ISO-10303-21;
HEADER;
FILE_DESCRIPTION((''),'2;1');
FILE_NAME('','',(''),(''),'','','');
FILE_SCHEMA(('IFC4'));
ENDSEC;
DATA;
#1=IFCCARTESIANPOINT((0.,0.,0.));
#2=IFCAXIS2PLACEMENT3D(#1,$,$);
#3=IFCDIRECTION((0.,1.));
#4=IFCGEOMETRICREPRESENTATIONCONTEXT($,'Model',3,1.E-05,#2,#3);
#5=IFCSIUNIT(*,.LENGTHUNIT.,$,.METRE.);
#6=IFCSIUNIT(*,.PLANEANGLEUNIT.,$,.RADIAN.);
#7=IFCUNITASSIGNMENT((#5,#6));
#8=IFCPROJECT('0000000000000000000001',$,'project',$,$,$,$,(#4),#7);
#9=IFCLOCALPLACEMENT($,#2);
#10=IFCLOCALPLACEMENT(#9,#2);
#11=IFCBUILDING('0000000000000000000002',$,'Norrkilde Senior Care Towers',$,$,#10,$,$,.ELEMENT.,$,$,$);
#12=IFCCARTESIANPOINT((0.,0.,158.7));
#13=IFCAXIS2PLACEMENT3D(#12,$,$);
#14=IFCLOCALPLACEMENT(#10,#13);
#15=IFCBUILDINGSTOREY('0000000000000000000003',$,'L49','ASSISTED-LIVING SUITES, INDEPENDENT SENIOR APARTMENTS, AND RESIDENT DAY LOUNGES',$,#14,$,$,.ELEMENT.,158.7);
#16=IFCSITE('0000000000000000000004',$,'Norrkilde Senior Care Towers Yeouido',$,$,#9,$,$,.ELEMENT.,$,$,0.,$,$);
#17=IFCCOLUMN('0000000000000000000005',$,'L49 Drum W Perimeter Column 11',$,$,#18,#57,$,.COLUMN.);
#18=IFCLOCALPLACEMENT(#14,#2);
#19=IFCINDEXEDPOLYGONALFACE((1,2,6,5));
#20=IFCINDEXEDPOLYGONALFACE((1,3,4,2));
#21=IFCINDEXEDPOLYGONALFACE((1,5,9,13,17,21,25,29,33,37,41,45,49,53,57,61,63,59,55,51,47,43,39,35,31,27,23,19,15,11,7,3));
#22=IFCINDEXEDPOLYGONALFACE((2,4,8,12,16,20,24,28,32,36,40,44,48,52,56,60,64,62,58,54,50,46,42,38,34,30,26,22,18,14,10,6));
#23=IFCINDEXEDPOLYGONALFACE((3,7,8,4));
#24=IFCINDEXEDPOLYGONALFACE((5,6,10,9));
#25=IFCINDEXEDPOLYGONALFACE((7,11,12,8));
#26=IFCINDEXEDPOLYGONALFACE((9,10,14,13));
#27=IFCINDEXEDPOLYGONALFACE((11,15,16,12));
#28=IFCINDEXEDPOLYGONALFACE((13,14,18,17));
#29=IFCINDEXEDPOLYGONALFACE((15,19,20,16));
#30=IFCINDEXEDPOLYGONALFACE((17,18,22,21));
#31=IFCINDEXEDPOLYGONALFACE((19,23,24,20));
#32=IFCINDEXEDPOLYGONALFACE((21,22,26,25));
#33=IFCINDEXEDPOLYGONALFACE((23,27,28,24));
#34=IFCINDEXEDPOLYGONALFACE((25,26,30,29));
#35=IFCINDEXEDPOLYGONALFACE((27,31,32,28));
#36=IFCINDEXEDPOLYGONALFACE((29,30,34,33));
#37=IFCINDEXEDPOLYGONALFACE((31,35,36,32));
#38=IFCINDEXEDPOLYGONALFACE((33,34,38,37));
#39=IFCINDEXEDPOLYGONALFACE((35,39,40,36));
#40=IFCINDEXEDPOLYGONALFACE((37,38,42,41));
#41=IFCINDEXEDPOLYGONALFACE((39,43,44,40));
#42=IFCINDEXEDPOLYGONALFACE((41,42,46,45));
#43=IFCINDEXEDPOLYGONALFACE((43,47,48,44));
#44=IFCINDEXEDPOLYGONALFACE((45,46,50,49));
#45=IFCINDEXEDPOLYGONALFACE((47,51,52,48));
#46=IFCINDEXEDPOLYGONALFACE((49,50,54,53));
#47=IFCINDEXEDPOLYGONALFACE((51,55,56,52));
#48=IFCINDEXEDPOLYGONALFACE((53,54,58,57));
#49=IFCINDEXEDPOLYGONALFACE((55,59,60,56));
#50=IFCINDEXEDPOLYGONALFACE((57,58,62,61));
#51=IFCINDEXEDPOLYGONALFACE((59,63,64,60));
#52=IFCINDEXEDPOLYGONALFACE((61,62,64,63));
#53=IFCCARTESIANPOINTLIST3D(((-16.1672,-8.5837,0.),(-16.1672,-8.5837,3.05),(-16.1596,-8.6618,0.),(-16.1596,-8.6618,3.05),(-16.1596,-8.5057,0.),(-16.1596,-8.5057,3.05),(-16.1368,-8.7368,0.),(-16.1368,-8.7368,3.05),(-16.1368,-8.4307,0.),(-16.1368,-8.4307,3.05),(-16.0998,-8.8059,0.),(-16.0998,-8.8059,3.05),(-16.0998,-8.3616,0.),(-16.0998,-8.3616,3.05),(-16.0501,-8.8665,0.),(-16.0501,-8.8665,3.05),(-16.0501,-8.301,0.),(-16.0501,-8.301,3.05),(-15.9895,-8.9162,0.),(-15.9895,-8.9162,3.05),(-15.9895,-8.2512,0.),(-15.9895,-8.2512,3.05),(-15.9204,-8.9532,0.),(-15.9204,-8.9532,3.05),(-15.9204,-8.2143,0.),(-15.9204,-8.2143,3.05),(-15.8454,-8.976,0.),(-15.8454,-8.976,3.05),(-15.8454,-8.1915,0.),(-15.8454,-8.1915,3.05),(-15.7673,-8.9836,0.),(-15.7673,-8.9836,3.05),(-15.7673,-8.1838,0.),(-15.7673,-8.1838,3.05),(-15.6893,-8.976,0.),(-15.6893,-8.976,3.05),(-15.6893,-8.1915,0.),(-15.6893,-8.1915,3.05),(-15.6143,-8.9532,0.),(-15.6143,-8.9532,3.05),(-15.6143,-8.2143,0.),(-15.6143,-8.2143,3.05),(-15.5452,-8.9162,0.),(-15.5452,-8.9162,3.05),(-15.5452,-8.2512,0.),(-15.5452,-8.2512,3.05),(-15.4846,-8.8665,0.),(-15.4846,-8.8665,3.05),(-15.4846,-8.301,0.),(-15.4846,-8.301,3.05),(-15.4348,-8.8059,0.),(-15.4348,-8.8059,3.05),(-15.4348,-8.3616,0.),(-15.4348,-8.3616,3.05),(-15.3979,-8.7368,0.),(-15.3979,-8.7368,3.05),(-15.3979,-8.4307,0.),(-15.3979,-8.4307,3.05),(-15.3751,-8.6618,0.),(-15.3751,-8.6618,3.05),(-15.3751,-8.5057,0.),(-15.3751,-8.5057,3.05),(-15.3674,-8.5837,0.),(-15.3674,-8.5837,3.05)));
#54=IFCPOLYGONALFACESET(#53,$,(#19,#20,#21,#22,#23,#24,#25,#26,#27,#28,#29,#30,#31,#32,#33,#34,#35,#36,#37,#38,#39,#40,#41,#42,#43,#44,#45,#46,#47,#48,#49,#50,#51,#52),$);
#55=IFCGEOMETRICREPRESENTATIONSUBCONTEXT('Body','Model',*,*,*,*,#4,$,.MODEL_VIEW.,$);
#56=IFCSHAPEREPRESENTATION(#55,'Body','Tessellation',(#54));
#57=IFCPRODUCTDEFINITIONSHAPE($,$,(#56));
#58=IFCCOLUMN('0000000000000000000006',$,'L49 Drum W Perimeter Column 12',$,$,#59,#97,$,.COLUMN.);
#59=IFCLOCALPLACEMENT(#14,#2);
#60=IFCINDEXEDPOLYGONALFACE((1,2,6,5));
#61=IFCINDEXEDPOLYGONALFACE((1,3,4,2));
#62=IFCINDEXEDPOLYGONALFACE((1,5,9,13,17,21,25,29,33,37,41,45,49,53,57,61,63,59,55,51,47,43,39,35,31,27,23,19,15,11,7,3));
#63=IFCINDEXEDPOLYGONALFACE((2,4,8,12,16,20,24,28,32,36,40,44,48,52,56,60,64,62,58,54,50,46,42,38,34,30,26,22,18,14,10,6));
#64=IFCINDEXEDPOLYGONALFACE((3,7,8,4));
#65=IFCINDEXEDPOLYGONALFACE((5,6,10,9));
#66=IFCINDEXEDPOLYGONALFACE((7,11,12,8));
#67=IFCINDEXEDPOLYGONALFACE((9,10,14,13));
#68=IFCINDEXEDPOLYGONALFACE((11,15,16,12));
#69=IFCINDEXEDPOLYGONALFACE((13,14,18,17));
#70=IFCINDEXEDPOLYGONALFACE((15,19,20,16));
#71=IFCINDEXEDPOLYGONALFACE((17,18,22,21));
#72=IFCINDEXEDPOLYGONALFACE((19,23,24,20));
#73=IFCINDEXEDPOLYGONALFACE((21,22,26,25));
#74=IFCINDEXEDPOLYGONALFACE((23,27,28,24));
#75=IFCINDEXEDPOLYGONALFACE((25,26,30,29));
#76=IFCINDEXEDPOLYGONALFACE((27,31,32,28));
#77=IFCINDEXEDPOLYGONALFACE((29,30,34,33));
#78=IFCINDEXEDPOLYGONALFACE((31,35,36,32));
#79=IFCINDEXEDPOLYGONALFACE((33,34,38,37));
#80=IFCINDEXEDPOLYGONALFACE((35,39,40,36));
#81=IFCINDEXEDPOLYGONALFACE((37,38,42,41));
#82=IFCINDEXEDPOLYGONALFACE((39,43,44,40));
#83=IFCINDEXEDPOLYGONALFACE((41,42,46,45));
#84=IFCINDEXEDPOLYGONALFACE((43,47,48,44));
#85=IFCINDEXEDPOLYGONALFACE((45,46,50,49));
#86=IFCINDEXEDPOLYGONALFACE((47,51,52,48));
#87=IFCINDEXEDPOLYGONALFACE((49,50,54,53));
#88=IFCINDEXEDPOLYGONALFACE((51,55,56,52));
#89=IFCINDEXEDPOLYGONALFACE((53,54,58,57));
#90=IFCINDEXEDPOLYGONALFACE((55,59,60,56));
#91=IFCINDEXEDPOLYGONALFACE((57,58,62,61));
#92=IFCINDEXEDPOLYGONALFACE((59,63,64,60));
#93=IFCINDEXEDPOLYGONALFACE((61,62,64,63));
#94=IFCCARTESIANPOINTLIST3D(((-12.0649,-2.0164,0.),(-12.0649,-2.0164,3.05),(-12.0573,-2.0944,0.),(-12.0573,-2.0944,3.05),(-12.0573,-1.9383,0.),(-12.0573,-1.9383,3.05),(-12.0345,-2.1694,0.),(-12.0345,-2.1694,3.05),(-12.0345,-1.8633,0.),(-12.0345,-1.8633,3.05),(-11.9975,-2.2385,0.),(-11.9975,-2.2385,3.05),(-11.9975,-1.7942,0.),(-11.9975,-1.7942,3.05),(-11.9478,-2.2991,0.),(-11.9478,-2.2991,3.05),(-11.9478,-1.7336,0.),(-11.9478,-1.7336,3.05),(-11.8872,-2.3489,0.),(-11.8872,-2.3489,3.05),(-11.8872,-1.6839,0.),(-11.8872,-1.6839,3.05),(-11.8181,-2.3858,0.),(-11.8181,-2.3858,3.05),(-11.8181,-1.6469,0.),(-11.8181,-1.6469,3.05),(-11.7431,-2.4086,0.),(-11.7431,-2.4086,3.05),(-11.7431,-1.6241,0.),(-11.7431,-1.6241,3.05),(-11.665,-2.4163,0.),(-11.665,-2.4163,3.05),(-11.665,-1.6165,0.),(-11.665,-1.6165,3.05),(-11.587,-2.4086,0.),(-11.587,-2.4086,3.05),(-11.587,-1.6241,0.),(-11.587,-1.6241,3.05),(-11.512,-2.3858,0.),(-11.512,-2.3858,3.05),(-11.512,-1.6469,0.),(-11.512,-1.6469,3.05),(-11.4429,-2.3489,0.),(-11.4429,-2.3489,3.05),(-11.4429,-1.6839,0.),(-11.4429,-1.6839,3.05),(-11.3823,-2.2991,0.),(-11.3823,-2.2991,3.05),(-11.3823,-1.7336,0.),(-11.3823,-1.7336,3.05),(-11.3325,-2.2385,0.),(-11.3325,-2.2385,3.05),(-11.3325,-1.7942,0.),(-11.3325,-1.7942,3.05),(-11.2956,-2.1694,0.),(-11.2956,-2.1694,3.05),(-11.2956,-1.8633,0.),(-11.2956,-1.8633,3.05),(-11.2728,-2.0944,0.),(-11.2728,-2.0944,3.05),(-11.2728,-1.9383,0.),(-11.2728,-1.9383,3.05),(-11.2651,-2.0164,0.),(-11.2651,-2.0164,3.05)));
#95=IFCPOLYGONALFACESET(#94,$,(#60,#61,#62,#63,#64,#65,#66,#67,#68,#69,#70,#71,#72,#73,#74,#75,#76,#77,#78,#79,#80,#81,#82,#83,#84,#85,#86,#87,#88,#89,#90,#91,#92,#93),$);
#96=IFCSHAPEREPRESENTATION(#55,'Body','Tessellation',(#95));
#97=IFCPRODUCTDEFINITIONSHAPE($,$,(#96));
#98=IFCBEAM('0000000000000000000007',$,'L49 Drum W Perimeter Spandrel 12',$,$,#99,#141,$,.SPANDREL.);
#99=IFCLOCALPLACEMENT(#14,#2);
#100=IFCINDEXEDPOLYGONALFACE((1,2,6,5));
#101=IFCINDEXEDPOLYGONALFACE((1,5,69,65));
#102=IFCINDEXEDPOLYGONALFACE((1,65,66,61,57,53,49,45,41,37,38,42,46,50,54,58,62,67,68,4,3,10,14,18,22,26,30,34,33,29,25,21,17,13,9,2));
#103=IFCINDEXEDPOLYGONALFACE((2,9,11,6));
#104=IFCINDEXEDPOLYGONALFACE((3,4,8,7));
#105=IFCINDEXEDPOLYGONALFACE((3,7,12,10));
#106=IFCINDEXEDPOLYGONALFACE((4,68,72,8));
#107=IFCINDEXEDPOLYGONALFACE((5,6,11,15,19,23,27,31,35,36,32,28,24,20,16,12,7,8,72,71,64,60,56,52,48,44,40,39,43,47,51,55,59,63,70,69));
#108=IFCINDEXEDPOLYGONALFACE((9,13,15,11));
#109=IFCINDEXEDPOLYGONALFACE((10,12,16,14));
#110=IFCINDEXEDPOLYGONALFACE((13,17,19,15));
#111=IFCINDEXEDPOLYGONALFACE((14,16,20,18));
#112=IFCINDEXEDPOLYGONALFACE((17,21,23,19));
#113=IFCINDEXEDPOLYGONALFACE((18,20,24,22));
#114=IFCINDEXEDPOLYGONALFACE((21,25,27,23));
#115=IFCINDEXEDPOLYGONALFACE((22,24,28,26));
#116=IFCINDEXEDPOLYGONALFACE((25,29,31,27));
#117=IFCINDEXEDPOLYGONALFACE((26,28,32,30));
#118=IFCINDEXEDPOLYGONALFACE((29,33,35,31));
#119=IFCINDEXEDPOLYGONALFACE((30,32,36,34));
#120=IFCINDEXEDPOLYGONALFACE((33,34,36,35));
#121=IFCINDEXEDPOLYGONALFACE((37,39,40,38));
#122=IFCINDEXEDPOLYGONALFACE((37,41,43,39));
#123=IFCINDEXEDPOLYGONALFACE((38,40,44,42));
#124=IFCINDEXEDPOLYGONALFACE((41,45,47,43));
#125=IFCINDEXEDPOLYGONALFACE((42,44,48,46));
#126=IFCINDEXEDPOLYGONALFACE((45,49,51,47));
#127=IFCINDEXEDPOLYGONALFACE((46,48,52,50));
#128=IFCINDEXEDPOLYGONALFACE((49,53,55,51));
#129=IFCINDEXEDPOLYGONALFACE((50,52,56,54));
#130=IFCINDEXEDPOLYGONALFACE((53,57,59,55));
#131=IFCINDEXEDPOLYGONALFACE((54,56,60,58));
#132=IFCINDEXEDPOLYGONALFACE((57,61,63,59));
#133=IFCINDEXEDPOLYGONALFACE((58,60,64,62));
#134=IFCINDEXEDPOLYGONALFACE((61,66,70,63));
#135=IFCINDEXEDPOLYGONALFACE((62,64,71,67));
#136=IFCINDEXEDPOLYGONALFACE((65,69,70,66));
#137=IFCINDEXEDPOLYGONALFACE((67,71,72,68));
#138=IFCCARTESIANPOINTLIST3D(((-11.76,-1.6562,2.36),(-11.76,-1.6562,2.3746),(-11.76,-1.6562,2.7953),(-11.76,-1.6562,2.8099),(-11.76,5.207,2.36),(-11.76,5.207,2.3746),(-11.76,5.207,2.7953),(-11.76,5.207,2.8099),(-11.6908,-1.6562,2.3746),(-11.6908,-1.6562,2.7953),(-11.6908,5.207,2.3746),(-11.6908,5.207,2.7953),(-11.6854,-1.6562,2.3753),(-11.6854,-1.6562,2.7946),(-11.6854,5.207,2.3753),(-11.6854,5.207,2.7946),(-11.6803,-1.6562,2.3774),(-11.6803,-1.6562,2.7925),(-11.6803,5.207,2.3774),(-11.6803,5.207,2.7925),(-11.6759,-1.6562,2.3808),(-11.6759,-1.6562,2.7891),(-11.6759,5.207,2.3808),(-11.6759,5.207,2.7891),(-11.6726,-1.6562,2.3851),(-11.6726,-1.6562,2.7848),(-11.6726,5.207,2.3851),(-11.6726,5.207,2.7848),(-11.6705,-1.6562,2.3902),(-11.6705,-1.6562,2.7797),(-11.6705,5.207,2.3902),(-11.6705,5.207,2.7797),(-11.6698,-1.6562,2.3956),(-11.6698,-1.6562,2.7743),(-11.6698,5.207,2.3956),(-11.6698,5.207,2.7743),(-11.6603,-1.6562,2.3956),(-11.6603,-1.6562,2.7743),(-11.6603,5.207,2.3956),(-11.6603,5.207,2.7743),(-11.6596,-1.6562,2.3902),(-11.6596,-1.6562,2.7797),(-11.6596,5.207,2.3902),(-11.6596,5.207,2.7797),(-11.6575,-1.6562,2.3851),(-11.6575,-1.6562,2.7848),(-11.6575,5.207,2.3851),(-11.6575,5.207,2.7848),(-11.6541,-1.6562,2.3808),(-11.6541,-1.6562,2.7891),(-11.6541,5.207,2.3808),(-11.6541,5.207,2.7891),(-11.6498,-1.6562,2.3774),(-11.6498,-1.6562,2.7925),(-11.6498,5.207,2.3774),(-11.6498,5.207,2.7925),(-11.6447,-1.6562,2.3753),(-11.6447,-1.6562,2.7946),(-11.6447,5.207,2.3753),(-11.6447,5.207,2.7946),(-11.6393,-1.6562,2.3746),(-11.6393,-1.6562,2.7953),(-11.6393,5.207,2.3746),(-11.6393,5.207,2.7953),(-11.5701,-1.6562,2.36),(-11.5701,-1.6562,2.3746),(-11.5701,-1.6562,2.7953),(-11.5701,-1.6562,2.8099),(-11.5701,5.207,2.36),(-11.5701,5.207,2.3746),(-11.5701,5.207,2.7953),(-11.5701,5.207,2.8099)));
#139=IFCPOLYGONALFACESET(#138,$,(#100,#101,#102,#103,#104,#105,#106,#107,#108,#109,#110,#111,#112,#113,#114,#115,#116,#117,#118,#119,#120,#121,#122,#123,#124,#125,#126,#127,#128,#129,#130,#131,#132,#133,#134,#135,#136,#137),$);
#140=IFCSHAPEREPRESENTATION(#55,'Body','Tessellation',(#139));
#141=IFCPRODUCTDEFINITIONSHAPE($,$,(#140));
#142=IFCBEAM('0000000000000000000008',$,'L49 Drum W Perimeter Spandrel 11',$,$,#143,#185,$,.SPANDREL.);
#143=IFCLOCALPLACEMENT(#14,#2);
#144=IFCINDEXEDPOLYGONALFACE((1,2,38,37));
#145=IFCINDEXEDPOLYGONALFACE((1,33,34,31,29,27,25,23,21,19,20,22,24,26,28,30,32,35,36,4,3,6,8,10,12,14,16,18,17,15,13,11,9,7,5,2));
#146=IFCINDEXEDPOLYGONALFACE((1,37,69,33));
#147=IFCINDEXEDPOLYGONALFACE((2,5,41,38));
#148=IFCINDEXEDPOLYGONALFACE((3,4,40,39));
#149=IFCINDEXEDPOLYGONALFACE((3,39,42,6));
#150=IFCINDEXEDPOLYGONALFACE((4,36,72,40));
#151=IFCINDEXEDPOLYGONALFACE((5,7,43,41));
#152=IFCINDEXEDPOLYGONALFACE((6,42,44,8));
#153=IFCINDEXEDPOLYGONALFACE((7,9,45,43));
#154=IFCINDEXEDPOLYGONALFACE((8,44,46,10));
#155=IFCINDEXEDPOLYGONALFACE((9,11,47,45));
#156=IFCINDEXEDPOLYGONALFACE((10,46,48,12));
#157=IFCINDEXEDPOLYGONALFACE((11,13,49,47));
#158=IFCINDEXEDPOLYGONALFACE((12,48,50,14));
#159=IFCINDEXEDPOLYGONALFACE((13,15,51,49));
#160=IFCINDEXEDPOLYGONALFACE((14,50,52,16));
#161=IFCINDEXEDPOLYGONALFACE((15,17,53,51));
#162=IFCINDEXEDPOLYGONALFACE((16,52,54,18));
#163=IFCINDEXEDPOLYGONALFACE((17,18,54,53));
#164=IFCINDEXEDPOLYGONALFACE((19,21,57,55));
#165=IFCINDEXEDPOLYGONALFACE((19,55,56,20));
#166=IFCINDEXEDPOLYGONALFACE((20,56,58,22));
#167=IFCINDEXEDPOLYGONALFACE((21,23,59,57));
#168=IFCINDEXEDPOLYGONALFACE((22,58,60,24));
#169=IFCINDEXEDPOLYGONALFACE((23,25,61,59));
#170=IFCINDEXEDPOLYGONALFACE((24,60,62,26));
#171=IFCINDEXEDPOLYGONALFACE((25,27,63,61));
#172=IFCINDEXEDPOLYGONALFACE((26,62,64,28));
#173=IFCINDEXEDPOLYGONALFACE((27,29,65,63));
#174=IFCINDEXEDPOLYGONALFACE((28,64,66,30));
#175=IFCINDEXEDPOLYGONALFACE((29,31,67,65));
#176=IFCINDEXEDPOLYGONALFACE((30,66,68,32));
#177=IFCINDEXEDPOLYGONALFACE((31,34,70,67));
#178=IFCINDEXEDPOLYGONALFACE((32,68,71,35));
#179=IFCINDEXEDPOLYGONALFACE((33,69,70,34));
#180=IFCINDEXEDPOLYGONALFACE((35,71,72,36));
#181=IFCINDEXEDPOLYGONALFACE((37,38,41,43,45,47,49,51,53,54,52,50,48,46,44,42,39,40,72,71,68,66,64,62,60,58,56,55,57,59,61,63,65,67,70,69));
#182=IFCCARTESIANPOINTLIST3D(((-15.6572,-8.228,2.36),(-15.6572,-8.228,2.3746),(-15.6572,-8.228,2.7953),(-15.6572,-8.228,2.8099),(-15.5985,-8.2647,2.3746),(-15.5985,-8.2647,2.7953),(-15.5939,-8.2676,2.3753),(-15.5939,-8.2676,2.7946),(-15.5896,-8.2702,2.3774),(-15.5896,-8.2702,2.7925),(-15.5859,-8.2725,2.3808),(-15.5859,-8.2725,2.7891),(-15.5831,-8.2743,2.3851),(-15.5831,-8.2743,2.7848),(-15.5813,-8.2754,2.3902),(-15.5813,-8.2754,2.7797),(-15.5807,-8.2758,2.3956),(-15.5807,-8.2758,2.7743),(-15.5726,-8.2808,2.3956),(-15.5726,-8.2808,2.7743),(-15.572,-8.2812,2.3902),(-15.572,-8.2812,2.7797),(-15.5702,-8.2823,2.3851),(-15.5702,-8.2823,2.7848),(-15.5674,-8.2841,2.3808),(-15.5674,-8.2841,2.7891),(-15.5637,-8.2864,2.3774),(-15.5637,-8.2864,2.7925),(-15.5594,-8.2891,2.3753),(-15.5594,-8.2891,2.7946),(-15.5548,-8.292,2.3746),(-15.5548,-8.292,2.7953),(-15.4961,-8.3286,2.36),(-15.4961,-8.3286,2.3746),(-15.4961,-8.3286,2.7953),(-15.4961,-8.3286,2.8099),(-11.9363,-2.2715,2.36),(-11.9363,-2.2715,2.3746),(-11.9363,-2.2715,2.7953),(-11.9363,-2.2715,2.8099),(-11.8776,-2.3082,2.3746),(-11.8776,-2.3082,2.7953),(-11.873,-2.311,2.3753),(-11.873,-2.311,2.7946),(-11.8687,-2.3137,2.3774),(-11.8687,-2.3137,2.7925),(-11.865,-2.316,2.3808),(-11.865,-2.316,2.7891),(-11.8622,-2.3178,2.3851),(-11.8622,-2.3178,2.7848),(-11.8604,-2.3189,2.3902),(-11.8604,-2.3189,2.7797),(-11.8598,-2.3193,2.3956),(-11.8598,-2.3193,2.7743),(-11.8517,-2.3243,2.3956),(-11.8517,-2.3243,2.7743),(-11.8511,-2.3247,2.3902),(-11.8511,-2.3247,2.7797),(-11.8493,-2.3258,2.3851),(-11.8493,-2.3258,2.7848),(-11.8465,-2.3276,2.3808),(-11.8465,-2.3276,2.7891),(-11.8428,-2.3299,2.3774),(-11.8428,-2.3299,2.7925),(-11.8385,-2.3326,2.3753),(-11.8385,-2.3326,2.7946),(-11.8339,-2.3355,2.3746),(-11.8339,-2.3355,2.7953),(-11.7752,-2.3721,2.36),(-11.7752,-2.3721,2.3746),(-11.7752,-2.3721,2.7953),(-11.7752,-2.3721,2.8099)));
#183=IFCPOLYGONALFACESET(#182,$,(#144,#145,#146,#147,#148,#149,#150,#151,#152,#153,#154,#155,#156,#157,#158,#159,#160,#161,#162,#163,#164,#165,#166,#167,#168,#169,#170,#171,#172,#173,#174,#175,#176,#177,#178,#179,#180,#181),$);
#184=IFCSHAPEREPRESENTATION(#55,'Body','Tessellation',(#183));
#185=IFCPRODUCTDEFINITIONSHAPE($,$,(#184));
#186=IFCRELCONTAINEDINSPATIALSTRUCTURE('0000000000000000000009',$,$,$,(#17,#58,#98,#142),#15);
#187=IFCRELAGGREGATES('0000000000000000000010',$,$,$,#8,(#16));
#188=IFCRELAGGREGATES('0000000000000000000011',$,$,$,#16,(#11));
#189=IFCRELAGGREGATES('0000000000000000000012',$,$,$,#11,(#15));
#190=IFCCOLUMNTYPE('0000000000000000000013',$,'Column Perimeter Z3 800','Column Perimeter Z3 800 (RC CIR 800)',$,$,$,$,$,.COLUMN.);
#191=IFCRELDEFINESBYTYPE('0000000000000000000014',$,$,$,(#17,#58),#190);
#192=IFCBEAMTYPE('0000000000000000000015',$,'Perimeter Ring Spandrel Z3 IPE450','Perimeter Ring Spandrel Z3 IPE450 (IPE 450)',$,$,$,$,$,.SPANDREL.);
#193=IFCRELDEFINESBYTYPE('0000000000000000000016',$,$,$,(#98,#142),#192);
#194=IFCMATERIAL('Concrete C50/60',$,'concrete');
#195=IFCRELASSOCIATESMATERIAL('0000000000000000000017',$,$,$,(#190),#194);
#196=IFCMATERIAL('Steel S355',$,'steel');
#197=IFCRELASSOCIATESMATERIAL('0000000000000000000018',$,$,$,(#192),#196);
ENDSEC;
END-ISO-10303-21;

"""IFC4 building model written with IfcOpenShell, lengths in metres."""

from ifc_helpers import new_model, si_unit, direction, frame, origin, origin_2d, place, context, subcontext, project, spatial, circle, i_section, extrude, source, transform, mapped, material, material_profile, profile_set, type_object, type_shapes, element, save


model = new_model("IFC4")

# Units and contexts
model_context = context("Model", 3, precision=1e-05, world=origin(), true_north=direction((0.0, 1.0)))
body_context = subcontext(model_context, "Body", "Model", "MODEL_VIEW")
ifc_project = project(units=[si_unit("LENGTHUNIT", "METRE"), si_unit("PLANEANGLEUNIT", "RADIAN")], contexts=[model_context])

# Site, building, storey
site_placement = place(None, origin())
site = spatial("IfcSite", under=ifc_project, at=site_placement, Name="Norrkilde Senior Care Towers Yeouido", CompositionType="ELEMENT", RefElevation=0.0)
building_placement = place(site_placement, origin())
building = spatial("IfcBuilding", under=site, at=building_placement, Name="Norrkilde Senior Care Towers", CompositionType="ELEMENT")
storey_placement = place(building_placement, frame((0.0, 0.0, 158.7)))
storey = spatial("IfcBuildingStorey", under=building, at=storey_placement, Name="L49", Description="ASSISTED-LIVING SUITES, INDEPENDENT SENIOR APARTMENTS, AND RESIDENT DAY LOUNGES", CompositionType="ELEMENT", Elevation=158.7)

# Columns
ifc_material_1 = material(Name="Concrete C50/60", Category="concrete")
ifc_material_profile_1 = material_profile(ifc_material_1, circle(Radius=0.3999, at=origin_2d()), Name="RC CIR 800")
ifc_profile_set_1 = profile_set([ifc_material_profile_1], Name="Concrete C50/60")
column_type = type_object("IfcColumnType", Name="Column Perimeter Z3 800", Description="Column Perimeter Z3 800 (RC CIR 800)", PredefinedType="COLUMN", material=ifc_profile_set_1)
shared_shape_1 = source(origin(), body_context, "Body", "SweptSolid", [
    extrude(circle(Radius=0.3999, at=origin_2d()), origin(), (0.0, 0.0, 1.0), 3.05),
])
type_shapes(column_type, [shared_shape_1])
for number, where, z_axis, x_axis, name in (
    (1, (-15.7673, -8.5837, 0.0), (0.0, 0.0, 1.0), (1.0, 0.0, 0.0), "L49 Drum W Perimeter Column 11"),
    (2, (-11.665, -2.0164, 0.0), (0.0, 0.0, 1.0), (1.0, 0.0, 0.0), "L49 Drum W Perimeter Column 12"),
):
    element("IfcColumn", number, at=place(storey_placement, frame(where, z_axis=z_axis, x_axis=x_axis)), inside=storey, type_object=column_type, Name=name, PredefinedType="COLUMN", context=body_context, shape_type="MappedRepresentation", body=[
        mapped(shared_shape_1, transform((0.0, 0.0, 0.0), x_axis=(1.0, 0.0, 0.0), y_axis=(0.0, 1.0, 0.0), z_axis=(0.0, 0.0, 1.0), scale=1.0)),
    ])

# Beams
ifc_material_2 = material(Name="Steel S355", Category="steel")
ifc_material_profile_2 = material_profile(ifc_material_2, i_section(OverallWidth=0.1899, OverallDepth=0.45, WebThickness=0.0095, FlangeThickness=0.0146, FilletRadius=0.021, at=origin_2d()), Name="IPE 450")
ifc_profile_set_2 = profile_set([ifc_material_profile_2], Name="Steel S355")
beam_type_1 = type_object("IfcBeamType", Name="Perimeter Ring Spandrel Z3 IPE450", Description="Perimeter Ring Spandrel Z3 IPE450 (IPE 450)", PredefinedType="SPANDREL", material=ifc_profile_set_2)
shared_shape_2 = source(origin(), body_context, "Body", "SweptSolid", [
    extrude(i_section(OverallWidth=0.1899, OverallDepth=0.45, WebThickness=0.0095, FlangeThickness=0.0146, FilletRadius=0.021, at=origin_2d()), origin(), (0.0, 0.0, 1.0), 6.8633),
])
beam_1_placement = place(storey_placement, frame((-11.665, -1.6562, 2.585), z_axis=(0.0, 1.0, 0.0), x_axis=(-1.0, 0.0, 0.0)))
element("IfcBeam", 3, at=beam_1_placement, inside=storey, type_object=beam_type_1, Name="L49 Drum W Perimeter Spandrel 12", PredefinedType="SPANDREL", context=body_context, shape_type="MappedRepresentation", body=[
    mapped(shared_shape_2, transform((0.0, 0.0, 0.0), x_axis=(1.0, 0.0, 0.0), y_axis=(0.0, 1.0, 0.0), z_axis=(0.0, 0.0, 1.0), scale=1.0)),
])
shared_shape_3 = source(origin(), body_context, "Body", "SweptSolid", [
    extrude(i_section(OverallWidth=0.1899, OverallDepth=0.45, WebThickness=0.0095, FlangeThickness=0.0146, FilletRadius=0.021, at=origin_2d()), origin(), (0.0, 0.0, 1.0), 7.0232),
])
type_shapes(beam_type_1, [shared_shape_2, shared_shape_3])
beam_2_placement = place(storey_placement, frame((-15.5767, -8.2783, 2.585), z_axis=(0.529805, 0.848119, 0.0), x_axis=(-0.848119, 0.529805, 0.0)))
element("IfcBeam", 4, at=beam_2_placement, inside=storey, type_object=beam_type_1, Name="L49 Drum W Perimeter Spandrel 11", PredefinedType="SPANDREL", context=body_context, shape_type="MappedRepresentation", body=[
    mapped(shared_shape_3, transform((0.0, 0.0, 0.0), x_axis=(1.0, 0.0, 0.0), y_axis=(0.0, 1.0, 0.0), z_axis=(0.0, 0.0, 1.0), scale=1.0)),
])

save(model, "model.ifc")
